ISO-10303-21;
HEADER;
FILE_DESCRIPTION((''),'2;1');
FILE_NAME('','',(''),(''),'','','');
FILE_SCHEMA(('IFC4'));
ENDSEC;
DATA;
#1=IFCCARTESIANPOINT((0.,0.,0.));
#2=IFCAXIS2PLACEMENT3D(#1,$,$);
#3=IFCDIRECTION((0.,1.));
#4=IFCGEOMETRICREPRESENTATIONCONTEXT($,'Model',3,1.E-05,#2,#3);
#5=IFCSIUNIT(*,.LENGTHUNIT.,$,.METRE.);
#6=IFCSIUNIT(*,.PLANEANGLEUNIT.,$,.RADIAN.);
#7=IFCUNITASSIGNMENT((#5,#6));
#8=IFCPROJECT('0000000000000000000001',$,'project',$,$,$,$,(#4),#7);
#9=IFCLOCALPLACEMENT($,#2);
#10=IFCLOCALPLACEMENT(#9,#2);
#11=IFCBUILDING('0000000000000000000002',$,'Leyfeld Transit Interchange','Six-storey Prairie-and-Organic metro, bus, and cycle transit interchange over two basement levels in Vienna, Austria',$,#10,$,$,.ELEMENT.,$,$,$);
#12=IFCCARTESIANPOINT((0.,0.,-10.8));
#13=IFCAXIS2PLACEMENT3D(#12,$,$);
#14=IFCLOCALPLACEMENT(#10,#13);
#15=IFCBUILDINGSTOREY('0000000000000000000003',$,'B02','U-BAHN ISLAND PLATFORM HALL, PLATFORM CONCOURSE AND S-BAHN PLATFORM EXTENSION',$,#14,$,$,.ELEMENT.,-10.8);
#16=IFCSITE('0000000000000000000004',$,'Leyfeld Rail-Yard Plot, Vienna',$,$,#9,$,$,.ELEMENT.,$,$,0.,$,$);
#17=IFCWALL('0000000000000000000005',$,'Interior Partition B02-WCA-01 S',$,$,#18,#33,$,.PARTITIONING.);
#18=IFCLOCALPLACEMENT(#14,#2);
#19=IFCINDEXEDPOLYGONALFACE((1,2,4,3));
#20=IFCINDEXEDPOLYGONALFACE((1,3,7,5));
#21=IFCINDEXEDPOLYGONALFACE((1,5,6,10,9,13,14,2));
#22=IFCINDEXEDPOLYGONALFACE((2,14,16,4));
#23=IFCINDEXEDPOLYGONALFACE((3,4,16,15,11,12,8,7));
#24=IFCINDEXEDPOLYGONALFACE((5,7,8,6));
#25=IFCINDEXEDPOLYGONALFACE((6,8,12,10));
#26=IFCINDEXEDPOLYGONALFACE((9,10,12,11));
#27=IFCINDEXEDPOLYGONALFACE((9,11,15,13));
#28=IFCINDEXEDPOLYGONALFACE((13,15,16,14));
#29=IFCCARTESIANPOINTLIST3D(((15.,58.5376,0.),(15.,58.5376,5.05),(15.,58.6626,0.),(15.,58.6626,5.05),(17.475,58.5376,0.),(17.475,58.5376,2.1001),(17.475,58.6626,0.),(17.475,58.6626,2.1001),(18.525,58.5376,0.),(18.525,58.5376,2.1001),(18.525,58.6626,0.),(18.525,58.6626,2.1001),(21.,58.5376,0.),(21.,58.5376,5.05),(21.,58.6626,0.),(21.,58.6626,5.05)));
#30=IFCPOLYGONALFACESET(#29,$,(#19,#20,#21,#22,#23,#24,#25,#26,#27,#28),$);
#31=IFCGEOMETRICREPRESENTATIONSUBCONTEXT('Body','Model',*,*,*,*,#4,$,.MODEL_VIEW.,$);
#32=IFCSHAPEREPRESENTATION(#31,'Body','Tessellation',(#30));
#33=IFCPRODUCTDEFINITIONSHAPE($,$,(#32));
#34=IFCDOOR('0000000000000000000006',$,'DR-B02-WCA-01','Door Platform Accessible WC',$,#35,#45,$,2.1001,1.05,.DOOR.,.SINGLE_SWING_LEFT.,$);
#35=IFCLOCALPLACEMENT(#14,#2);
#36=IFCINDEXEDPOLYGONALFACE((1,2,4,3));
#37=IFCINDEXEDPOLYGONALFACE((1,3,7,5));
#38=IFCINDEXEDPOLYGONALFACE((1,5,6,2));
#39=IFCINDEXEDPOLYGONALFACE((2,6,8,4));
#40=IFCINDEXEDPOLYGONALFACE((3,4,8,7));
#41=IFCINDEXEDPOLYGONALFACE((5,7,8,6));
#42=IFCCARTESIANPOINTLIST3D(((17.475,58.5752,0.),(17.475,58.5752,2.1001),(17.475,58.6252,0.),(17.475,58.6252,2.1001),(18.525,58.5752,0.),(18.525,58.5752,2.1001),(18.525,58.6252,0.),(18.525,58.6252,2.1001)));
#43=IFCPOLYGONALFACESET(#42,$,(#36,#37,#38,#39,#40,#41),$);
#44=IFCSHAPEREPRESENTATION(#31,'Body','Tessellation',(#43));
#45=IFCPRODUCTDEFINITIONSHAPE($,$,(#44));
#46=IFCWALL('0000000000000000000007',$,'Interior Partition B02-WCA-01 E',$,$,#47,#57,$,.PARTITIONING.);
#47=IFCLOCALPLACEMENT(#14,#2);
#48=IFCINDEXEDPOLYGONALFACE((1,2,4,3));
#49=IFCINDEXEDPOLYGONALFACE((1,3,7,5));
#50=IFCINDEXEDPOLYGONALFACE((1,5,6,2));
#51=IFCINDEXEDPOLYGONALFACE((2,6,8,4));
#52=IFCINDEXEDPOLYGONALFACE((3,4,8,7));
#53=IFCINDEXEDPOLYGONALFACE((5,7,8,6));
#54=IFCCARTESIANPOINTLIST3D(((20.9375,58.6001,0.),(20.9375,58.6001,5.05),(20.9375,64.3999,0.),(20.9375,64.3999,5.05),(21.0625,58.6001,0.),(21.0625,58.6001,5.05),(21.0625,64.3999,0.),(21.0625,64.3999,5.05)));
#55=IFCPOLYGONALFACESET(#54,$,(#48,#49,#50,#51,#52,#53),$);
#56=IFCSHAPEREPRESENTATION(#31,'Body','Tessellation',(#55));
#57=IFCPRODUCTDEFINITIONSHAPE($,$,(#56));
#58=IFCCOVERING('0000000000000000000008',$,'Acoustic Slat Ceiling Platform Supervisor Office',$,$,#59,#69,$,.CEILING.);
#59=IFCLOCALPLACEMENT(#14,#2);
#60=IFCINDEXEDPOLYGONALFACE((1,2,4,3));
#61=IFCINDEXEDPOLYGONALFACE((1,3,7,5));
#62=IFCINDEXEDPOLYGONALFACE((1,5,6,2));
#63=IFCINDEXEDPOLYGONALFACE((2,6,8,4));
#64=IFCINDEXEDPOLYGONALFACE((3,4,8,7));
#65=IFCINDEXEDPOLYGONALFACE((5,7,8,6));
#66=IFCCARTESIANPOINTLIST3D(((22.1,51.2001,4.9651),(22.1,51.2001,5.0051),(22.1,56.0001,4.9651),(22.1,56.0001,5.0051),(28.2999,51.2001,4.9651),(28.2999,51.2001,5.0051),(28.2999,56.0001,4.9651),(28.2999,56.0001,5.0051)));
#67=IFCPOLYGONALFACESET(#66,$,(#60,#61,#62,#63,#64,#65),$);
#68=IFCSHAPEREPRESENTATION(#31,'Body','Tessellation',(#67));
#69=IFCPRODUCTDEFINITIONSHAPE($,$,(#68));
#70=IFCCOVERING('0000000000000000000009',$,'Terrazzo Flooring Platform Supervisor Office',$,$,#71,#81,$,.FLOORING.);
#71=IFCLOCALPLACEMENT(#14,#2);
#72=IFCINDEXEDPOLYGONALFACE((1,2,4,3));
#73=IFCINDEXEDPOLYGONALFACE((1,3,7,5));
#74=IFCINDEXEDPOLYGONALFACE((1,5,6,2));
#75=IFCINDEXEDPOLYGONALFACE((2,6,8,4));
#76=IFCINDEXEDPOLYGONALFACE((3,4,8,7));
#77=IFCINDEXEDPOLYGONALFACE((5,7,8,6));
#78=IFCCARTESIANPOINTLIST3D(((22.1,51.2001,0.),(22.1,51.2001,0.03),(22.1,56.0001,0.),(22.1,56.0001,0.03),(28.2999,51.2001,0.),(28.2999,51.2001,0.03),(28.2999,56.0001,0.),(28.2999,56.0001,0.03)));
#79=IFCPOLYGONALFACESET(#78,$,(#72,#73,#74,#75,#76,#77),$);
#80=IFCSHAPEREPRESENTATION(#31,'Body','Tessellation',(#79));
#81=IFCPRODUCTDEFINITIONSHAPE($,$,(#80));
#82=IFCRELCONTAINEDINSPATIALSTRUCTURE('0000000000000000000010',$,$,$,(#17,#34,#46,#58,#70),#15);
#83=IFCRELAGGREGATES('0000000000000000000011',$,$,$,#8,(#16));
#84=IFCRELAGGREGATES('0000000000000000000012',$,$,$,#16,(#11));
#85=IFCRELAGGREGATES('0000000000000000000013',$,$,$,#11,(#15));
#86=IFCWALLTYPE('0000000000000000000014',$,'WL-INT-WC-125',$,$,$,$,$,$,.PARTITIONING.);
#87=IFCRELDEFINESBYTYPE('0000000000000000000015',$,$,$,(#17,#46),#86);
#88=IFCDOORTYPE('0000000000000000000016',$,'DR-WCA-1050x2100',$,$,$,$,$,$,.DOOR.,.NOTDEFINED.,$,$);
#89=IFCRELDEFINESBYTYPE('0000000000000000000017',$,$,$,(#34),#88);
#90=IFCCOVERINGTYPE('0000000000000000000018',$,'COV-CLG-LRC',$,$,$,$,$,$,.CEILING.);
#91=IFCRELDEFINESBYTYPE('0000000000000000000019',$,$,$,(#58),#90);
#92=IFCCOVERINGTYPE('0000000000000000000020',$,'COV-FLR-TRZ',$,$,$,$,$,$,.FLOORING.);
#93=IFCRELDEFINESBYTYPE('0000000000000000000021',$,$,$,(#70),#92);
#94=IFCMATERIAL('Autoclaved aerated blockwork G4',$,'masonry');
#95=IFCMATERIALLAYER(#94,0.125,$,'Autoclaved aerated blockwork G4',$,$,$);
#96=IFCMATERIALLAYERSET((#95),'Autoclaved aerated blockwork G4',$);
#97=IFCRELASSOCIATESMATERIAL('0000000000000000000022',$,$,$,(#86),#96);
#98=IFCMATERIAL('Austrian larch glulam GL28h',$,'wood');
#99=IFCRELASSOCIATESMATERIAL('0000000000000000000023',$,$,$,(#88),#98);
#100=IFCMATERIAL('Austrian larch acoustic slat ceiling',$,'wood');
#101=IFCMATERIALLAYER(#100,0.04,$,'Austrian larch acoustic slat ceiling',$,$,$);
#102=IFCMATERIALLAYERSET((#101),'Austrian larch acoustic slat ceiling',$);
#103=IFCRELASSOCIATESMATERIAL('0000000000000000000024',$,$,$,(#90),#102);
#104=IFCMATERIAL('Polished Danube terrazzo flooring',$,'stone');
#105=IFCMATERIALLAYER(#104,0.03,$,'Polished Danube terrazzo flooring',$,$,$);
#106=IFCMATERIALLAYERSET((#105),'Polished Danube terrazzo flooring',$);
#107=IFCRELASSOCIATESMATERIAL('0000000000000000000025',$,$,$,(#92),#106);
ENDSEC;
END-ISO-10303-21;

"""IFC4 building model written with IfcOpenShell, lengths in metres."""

from ifc_helpers import new_model, si_unit, direction, frame, frame_2d, origin, origin_2d, place, context, subcontext, project, spatial, rectangle, extrude, material, layer, layer_set, type_object, element, fill, save


model = new_model("IFC4")

# Units and contexts
model_context = context("Model", 3, precision=1e-05, world=origin(), true_north=direction((0.0, 1.0)))
body_context = subcontext(model_context, "Body", "Model", "MODEL_VIEW")
ifc_project = project(units=[si_unit("LENGTHUNIT", "METRE"), si_unit("PLANEANGLEUNIT", "RADIAN")], contexts=[model_context])

# Site, building, storey
site_placement = place(None, origin())
site = spatial("IfcSite", under=ifc_project, at=site_placement, Name="Leyfeld Rail-Yard Plot, Vienna", CompositionType="ELEMENT", RefElevation=0.0)
building_placement = place(site_placement, origin())
building = spatial("IfcBuilding", under=site, at=building_placement, Name="Leyfeld Transit Interchange", Description="Six-storey Prairie-and-Organic metro, bus, and cycle transit interchange over two basement levels in Vienna, Austria", CompositionType="ELEMENT")
storey_placement = place(building_placement, frame((0.0, 0.0, -10.8)))
storey = spatial("IfcBuildingStorey", under=building, at=storey_placement, Name="B02", Description="U-BAHN ISLAND PLATFORM HALL, PLATFORM CONCOURSE AND S-BAHN PLATFORM EXTENSION", CompositionType="ELEMENT", Elevation=-10.8)

# Shared definitions
ifc_material_1 = material(Name="Austrian larch glulam GL28h", Category="wood")

# Shared definitions
ifc_material_2 = material(Name="Autoclaved aerated blockwork G4", Category="masonry")
ifc_layer_1 = layer(ifc_material_2, 0.125, Name="Autoclaved aerated blockwork G4")
ifc_layer_set_1 = layer_set([ifc_layer_1], Name="Autoclaved aerated blockwork G4")
wall_type_1 = type_object("IfcWallType", Name="WL-INT-WC-125", PredefinedType="PARTITIONING", material=ifc_layer_set_1)

# Wall, opening, door
wall_1_placement = place(storey_placement, frame((21.0, 58.6001, 0.0), z_axis=(0.0, 0.0, 1.0), x_axis=(-1.0, 0.0, 0.0)))
wall_1 = element("IfcWall", 1, at=wall_1_placement, inside=storey, type_object=wall_type_1, Name="Interior Partition B02-WCA-01 S", PredefinedType="PARTITIONING", context=body_context, shape_type="SweptSolid", body=[
    extrude(rectangle(XDim=6.0, YDim=0.125, at=frame_2d((3.0, 0.0))), origin(), (0.0, 0.0, 1.0), 5.05),
])
opening_1_placement = place(wall_1_placement, frame((2.4751, 0.0, 0.0)))
opening_1 = element("IfcOpeningElement", 2, at=opening_1_placement, cuts=wall_1, PredefinedType="OPENING", context=body_context, shape_type="SweptSolid", body=[
    extrude(rectangle(XDim=1.05, YDim=2.1001, at=frame_2d((0.5249, 1.05))), frame((0.0, 0.0725, 0.0), z_axis=(0.0, -1.0, 0.0), x_axis=(1.0, 0.0, 0.0)), (0.0, 0.0, 1.0), 0.145),
])
door_type_1 = type_object("IfcDoorType", Name="DR-WCA-1050x2100", OperationType="NOTDEFINED", PredefinedType="DOOR", material=ifc_material_1)
door_1_placement = place(opening_1_placement, origin())
door_1 = element("IfcDoor", 3, at=door_1_placement, inside=storey, type_object=door_type_1, Name="DR-B02-WCA-01", Description="Door Platform Accessible WC", OperationType="SINGLE_SWING_LEFT", OverallHeight=2.1001, OverallWidth=1.05, PredefinedType="DOOR", context=body_context, shape_type="SweptSolid", body=[
    extrude(rectangle(XDim=1.05, YDim=2.1001, at=frame_2d((0.5249, 1.05))), frame((0.0, 0.0249, 0.0), z_axis=(0.0, -1.0, 0.0), x_axis=(1.0, 0.0, 0.0)), (0.0, 0.0, 1.0), 0.05),
])
fill(opening_1, door_1)

# Wall
wall_2_placement = place(storey_placement, frame((21.0, 64.3999, 0.0), z_axis=(0.0, 0.0, 1.0), x_axis=(0.0, -1.0, 0.0)))
element("IfcWall", 4, at=wall_2_placement, inside=storey, type_object=wall_type_1, Name="Interior Partition B02-WCA-01 E", PredefinedType="PARTITIONING", context=body_context, shape_type="SweptSolid", body=[
    extrude(rectangle(XDim=5.7998, YDim=0.125, at=frame_2d((2.8999, 0.0))), origin(), (0.0, 0.0, 1.0), 5.05),
])

# Coverings
ifc_material_3 = material(Name="Austrian larch acoustic slat ceiling", Category="wood")
ifc_layer_2 = layer(ifc_material_3, 0.04, Name="Austrian larch acoustic slat ceiling")
ifc_layer_set_2 = layer_set([ifc_layer_2], Name="Austrian larch acoustic slat ceiling")
covering_type_1 = type_object("IfcCoveringType", Name="COV-CLG-LRC", PredefinedType="CEILING", material=ifc_layer_set_2)
covering_1_placement = place(storey_placement, frame((25.2, 53.6001, 4.9651), z_axis=(0.0, 0.0, 1.0), x_axis=(1.0, 0.0, 0.0)))
element("IfcCovering", 5, at=covering_1_placement, inside=storey, type_object=covering_type_1, Name="Acoustic Slat Ceiling Platform Supervisor Office", PredefinedType="CEILING", context=body_context, shape_type="SweptSolid", body=[
    extrude(rectangle(XDim=6.2, YDim=4.8, at=origin_2d()), origin(), (0.0, 0.0, 1.0), 0.04),
])
ifc_material_4 = material(Name="Polished Danube terrazzo flooring", Category="stone")
ifc_layer_3 = layer(ifc_material_4, 0.03, Name="Polished Danube terrazzo flooring")
ifc_layer_set_3 = layer_set([ifc_layer_3], Name="Polished Danube terrazzo flooring")
covering_type_2 = type_object("IfcCoveringType", Name="COV-FLR-TRZ", PredefinedType="FLOORING", material=ifc_layer_set_3)
covering_2_placement = place(storey_placement, frame((25.2, 53.6001, 0.0), z_axis=(0.0, 0.0, 1.0), x_axis=(1.0, 0.0, 0.0)))
element("IfcCovering", 6, at=covering_2_placement, inside=storey, type_object=covering_type_2, Name="Terrazzo Flooring Platform Supervisor Office", PredefinedType="FLOORING", context=body_context, shape_type="SweptSolid", body=[
    extrude(rectangle(XDim=6.2, YDim=4.8, at=origin_2d()), origin(), (0.0, 0.0, 1.0), 0.03),
])

save(model, "model.ifc")
